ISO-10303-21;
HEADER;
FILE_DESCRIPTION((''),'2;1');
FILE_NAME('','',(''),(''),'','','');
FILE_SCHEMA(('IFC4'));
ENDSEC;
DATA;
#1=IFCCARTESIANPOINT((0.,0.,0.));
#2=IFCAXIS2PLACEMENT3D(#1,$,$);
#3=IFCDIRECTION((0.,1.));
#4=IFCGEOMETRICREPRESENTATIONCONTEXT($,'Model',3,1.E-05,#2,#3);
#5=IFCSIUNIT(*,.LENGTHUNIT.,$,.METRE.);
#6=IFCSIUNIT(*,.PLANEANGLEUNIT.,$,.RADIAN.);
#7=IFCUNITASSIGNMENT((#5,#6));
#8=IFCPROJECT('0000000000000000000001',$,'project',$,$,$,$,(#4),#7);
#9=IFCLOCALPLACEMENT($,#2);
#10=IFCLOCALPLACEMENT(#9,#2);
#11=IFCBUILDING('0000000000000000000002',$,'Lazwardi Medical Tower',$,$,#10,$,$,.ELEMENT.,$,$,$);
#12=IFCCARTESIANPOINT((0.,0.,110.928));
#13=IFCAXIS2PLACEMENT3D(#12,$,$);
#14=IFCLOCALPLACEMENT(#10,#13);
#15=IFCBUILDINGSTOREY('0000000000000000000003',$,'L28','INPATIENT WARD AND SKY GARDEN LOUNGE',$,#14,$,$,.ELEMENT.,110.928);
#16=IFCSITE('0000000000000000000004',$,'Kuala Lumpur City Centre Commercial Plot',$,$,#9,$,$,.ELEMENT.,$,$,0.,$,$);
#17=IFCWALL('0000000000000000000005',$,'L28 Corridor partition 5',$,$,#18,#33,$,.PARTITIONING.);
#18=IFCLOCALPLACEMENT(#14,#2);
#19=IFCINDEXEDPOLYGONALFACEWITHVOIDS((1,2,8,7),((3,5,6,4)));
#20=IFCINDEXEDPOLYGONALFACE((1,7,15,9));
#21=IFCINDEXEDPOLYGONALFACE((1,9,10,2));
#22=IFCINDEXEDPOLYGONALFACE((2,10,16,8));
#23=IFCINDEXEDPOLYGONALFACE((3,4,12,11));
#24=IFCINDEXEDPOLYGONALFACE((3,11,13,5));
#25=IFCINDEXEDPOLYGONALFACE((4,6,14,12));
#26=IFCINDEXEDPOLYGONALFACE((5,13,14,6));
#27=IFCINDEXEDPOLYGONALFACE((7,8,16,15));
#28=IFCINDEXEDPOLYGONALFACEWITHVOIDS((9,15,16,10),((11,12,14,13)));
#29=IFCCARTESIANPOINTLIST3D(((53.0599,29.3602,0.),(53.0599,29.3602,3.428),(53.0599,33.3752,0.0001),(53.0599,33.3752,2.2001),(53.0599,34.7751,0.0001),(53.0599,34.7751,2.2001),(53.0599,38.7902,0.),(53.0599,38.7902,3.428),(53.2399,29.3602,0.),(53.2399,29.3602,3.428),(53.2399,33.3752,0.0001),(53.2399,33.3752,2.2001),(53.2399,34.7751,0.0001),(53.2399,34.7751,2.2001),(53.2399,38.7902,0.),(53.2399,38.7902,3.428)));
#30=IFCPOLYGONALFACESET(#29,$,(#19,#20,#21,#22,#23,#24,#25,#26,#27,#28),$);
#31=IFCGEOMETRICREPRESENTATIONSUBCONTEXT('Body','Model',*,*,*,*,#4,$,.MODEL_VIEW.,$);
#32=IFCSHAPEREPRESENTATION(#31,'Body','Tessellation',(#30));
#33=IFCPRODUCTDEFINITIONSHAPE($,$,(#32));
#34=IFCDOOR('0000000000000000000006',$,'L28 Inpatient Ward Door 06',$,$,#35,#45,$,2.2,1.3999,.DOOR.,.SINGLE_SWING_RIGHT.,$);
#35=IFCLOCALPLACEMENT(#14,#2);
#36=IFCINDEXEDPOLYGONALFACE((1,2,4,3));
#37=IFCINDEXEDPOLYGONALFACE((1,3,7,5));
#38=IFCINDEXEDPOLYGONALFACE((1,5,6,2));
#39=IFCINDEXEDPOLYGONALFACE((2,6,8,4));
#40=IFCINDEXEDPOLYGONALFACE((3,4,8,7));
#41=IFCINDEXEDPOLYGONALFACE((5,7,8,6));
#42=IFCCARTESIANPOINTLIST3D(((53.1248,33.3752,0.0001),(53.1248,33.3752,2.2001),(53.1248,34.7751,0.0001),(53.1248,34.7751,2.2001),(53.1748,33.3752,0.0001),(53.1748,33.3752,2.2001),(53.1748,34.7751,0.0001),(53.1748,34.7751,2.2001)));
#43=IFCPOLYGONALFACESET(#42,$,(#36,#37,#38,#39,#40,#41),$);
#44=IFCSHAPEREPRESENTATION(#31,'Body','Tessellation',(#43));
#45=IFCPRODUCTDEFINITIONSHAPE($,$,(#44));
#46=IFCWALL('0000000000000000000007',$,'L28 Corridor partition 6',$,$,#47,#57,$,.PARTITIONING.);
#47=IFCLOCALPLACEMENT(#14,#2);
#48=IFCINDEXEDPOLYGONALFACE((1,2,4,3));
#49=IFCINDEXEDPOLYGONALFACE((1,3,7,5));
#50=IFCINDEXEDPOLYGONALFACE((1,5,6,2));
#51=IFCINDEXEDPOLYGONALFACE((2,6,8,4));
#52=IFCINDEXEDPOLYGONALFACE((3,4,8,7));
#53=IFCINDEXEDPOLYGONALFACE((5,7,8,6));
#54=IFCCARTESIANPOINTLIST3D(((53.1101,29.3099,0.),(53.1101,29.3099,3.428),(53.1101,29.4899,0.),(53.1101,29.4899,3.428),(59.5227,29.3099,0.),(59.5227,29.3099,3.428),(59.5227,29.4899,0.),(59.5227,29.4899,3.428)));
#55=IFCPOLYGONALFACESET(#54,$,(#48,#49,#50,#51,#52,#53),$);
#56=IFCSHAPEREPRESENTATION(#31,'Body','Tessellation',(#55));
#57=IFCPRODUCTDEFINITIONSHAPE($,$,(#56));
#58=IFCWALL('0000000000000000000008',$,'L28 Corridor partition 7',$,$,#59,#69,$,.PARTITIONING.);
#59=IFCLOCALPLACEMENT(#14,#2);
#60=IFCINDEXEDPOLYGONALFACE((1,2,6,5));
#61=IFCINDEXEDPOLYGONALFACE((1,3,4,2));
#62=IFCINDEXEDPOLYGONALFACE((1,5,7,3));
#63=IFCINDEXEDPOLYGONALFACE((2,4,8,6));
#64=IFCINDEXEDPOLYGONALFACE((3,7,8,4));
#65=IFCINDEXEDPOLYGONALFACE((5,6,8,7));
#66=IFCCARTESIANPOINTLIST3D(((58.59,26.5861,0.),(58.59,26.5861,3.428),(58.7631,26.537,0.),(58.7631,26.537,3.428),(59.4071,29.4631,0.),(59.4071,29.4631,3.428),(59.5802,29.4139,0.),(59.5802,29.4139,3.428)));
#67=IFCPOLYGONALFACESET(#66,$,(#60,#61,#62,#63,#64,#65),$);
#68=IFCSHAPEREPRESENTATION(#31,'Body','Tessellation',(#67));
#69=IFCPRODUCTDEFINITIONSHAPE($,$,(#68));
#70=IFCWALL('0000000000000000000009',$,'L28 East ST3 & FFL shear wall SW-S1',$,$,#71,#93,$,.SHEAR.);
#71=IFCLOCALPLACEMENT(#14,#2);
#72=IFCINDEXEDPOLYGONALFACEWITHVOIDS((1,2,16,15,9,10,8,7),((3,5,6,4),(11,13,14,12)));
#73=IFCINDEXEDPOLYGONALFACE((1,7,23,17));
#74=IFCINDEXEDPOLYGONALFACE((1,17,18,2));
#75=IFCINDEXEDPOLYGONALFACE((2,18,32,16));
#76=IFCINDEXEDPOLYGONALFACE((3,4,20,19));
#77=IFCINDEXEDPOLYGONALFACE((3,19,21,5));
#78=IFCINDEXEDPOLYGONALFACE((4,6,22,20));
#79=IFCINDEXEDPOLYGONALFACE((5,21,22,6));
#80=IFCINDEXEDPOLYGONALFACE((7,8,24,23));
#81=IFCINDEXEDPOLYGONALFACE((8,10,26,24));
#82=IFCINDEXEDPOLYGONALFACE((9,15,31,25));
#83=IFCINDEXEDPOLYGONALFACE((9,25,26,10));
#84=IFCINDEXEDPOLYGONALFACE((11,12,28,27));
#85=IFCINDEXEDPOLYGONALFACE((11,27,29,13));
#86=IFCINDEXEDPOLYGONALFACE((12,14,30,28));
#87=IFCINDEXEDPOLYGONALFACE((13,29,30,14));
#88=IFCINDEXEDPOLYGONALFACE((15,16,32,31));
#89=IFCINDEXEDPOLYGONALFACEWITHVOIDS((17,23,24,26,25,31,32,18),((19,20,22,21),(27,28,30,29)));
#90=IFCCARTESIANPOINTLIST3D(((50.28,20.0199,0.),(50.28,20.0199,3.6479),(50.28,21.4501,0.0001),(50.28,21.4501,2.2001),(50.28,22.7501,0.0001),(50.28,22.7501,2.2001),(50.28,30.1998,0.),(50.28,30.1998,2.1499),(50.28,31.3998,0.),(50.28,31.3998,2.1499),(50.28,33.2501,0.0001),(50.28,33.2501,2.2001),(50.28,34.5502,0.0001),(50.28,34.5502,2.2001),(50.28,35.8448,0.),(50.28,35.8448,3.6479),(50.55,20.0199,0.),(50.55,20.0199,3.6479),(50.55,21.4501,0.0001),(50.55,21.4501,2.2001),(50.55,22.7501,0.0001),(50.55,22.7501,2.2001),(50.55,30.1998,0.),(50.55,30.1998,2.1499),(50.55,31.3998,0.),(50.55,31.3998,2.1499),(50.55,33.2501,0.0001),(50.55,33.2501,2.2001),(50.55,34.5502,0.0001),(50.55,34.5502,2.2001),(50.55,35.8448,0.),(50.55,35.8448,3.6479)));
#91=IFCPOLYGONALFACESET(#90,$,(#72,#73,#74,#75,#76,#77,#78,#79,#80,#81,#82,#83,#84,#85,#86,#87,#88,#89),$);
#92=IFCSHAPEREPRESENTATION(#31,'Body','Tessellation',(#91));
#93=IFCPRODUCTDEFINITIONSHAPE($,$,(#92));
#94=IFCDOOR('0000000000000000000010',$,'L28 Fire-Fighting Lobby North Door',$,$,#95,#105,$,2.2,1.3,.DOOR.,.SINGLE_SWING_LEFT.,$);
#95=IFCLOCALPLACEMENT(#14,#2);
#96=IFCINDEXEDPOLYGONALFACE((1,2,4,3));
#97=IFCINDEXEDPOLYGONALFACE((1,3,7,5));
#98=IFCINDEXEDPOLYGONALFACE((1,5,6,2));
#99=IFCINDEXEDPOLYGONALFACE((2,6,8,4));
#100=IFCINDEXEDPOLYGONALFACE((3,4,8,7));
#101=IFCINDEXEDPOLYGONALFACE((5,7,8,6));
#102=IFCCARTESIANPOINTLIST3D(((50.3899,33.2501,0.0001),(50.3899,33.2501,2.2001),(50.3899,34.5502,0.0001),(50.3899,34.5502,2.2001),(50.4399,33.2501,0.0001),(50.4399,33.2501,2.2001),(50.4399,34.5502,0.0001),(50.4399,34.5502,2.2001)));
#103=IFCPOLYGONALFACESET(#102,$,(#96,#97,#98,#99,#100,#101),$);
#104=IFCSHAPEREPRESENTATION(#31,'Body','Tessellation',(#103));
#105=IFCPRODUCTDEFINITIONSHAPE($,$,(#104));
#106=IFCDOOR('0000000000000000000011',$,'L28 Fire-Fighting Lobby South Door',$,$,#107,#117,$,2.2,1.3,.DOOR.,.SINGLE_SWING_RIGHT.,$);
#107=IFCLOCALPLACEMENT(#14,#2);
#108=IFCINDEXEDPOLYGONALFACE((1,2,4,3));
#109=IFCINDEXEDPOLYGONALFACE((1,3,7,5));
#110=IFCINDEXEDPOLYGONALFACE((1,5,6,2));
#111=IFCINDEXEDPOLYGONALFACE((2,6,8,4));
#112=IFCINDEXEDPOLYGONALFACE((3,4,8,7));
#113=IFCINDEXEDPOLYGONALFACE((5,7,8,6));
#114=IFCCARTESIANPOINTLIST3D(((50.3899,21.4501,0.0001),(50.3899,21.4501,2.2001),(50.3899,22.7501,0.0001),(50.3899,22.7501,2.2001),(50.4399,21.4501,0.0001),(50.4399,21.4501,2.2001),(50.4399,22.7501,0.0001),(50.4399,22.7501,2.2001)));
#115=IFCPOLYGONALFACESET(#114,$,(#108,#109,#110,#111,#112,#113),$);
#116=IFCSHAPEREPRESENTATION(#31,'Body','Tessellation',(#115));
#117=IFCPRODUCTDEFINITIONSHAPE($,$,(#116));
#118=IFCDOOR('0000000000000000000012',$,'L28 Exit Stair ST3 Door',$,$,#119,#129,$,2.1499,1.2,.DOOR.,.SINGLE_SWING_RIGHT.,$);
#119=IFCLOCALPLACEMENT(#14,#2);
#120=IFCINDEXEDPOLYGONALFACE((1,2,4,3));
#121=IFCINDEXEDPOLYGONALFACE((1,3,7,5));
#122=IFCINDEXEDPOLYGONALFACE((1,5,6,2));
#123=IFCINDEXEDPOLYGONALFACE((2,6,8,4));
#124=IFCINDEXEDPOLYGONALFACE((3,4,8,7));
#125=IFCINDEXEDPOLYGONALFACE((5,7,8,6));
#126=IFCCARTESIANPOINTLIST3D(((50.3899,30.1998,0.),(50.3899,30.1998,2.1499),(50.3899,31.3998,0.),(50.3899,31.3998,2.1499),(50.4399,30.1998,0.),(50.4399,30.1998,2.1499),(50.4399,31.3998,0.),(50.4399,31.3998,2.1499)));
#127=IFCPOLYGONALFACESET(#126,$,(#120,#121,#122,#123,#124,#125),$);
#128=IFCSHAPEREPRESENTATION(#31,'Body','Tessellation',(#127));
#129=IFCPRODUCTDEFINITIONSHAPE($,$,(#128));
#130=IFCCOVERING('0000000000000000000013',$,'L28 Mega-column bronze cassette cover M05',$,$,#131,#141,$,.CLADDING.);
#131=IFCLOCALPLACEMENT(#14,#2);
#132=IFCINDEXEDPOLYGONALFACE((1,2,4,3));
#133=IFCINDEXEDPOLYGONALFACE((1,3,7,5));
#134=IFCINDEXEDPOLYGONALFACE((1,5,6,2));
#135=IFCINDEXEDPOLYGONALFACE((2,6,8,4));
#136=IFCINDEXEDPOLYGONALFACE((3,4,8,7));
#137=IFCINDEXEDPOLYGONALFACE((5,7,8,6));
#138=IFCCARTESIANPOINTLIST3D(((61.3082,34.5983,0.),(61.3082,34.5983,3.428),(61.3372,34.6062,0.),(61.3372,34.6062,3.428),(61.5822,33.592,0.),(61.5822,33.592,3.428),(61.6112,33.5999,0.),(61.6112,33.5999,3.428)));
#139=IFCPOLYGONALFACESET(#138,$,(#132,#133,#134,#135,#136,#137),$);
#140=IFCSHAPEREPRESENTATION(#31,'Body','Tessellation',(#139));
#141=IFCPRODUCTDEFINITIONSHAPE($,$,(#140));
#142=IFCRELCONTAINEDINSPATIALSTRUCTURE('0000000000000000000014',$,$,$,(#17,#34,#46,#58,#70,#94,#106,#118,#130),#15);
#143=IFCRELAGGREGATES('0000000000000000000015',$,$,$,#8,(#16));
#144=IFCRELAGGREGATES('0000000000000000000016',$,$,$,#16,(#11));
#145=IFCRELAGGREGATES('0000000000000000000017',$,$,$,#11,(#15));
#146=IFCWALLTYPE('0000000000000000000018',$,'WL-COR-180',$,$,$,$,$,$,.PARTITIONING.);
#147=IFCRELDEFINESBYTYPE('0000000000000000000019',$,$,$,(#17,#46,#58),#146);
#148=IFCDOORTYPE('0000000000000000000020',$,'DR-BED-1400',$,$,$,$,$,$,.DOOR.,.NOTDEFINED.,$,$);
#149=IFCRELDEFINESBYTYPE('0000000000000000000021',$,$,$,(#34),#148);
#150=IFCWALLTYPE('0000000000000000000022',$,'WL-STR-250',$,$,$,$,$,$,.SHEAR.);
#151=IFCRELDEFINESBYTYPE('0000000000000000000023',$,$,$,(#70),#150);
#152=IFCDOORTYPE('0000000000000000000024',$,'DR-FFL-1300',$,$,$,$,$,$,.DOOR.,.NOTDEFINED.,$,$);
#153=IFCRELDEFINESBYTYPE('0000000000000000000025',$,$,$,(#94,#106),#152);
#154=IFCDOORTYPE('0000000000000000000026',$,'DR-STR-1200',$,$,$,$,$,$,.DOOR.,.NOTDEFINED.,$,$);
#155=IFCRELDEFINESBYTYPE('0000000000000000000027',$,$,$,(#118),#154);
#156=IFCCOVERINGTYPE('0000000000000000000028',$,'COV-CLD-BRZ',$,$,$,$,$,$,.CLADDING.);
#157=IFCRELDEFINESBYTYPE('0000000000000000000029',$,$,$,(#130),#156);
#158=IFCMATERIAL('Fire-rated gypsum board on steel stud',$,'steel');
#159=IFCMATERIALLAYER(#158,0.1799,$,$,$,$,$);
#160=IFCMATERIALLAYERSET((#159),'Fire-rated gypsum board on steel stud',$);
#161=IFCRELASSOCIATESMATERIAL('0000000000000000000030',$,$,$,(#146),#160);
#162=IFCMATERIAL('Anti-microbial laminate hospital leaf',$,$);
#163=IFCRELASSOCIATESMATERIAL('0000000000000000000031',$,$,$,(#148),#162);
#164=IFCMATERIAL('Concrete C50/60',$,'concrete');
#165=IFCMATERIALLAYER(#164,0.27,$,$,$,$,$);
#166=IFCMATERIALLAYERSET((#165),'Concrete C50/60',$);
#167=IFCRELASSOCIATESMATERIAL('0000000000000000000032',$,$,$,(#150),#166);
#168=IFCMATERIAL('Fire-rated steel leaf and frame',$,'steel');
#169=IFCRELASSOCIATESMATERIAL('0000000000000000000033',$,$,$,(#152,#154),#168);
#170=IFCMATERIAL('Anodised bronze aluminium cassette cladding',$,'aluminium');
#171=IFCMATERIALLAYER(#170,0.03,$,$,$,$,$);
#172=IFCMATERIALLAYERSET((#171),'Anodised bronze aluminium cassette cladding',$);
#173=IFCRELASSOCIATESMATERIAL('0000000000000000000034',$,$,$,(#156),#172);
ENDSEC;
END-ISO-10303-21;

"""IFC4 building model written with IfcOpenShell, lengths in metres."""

from ifc_helpers import new_model, si_unit, direction, frame, frame_2d, origin, origin_2d, place, context, subcontext, project, spatial, rectangle, extrude, material, layer, layer_set, type_object, element, fill, save


model = new_model("IFC4")

# Units and contexts
model_context = context("Model", 3, precision=1e-05, world=origin(), true_north=direction((0.0, 1.0)))
body_context = subcontext(model_context, "Body", "Model", "MODEL_VIEW")
ifc_project = project(units=[si_unit("LENGTHUNIT", "METRE"), si_unit("PLANEANGLEUNIT", "RADIAN")], contexts=[model_context])

# Site, building, storey
site_placement = place(None, origin())
site = spatial("IfcSite", under=ifc_project, at=site_placement, Name="Kuala Lumpur City Centre Commercial Plot", CompositionType="ELEMENT", RefElevation=0.0)
building_placement = place(site_placement, origin())
building = spatial("IfcBuilding", under=site, at=building_placement, Name="Lazwardi Medical Tower", CompositionType="ELEMENT")
storey_placement = place(building_placement, frame((0.0, 0.0, 110.928)))
storey = spatial("IfcBuildingStorey", under=building, at=storey_placement, Name="L28", Description="INPATIENT WARD AND SKY GARDEN LOUNGE", CompositionType="ELEMENT", Elevation=110.928)

# Wall, opening, door
ifc_material_1 = material(Name="Fire-rated gypsum board on steel stud", Category="steel")
ifc_layer_1 = layer(ifc_material_1, 0.1799)
ifc_layer_set_1 = layer_set([ifc_layer_1], Name="Fire-rated gypsum board on steel stud")
wall_type_1 = type_object("IfcWallType", Name="WL-COR-180", PredefinedType="PARTITIONING", material=ifc_layer_set_1)
wall_1_placement = place(storey_placement, frame((53.1499, 38.79, 0.0), z_axis=(0.0, 0.0, 1.0), x_axis=(0.0, -1.0, 0.0)))
wall_1 = element("IfcWall", 1, at=wall_1_placement, inside=storey, type_object=wall_type_1, Name="L28 Corridor partition 5", PredefinedType="PARTITIONING", context=body_context, shape_type="SweptSolid", body=[
    extrude(rectangle(XDim=9.4299, YDim=0.1799, at=frame_2d((4.7148, 0.0))), origin(), (0.0, 0.0, 1.0), 3.428),
])
opening_1_placement = place(wall_1_placement, frame((4.0149, 0.0, 0.0)))
opening_1 = element("IfcOpeningElement", 2, at=opening_1_placement, cuts=wall_1, PredefinedType="OPENING", context=body_context, shape_type="SweptSolid", body=[
    extrude(rectangle(XDim=1.3999, YDim=2.2, at=frame_2d((0.7, 1.1001))), frame((0.0, 0.0999, 0.0), z_axis=(0.0, -1.0, 0.0), x_axis=(1.0, 0.0, 0.0)), (0.0, 0.0, 1.0), 0.2),
])
ifc_material_2 = material(Name="Anti-microbial laminate hospital leaf")
door_type_1 = type_object("IfcDoorType", Name="DR-BED-1400", OperationType="NOTDEFINED", PredefinedType="DOOR", material=ifc_material_2)
door_1_placement = place(opening_1_placement, origin())
door_1 = element("IfcDoor", 3, at=door_1_placement, inside=storey, type_object=door_type_1, Name="L28 Inpatient Ward Door 06", OperationType="SINGLE_SWING_RIGHT", OverallHeight=2.2, OverallWidth=1.3999, PredefinedType="DOOR", context=body_context, shape_type="SweptSolid", body=[
    extrude(rectangle(XDim=1.3999, YDim=2.2, at=frame_2d((0.7, 1.1001))), frame((0.0, 0.0249, 0.0), z_axis=(0.0, -1.0, 0.0), x_axis=(1.0, 0.0, 0.0)), (0.0, 0.0, 1.0), 0.05),
])
fill(opening_1, door_1)

# Walls
wall_2_placement = place(storey_placement, frame((53.1101, 29.3999, 0.0), z_axis=(0.0, 0.0, 1.0), x_axis=(1.0, 0.0, 0.0)))
element("IfcWall", 4, at=wall_2_placement, inside=storey, type_object=wall_type_1, Name="L28 Corridor partition 6", PredefinedType="PARTITIONING", context=body_context, shape_type="SweptSolid", body=[
    extrude(rectangle(XDim=6.4126, YDim=0.1799, at=frame_2d((3.2063, 0.0))), origin(), (0.0, 0.0, 1.0), 3.428),
])
wall_3_placement = place(storey_placement, frame((59.4937, 29.4385, 0.0), z_axis=(0.0, 0.0, 1.0), x_axis=(-0.273222, -0.961951, 0.0)))
element("IfcWall", 5, at=wall_3_placement, inside=storey, type_object=wall_type_1, Name="L28 Corridor partition 7", PredefinedType="PARTITIONING", context=body_context, shape_type="SweptSolid", body=[
    extrude(rectangle(XDim=2.9907, YDim=0.1799, at=frame_2d((1.4954, 0.0))), origin(), (0.0, 0.0, 1.0), 3.428),
])

# Wall, openings, doors
ifc_material_3 = material(Name="Concrete C50/60", Category="concrete")
ifc_layer_2 = layer(ifc_material_3, 0.27)
ifc_layer_set_2 = layer_set([ifc_layer_2], Name="Concrete C50/60")
wall_type_2 = type_object("IfcWallType", Name="WL-STR-250", PredefinedType="SHEAR", material=ifc_layer_set_2)
wall_4_placement = place(storey_placement, frame((50.415, 35.845, 0.0), z_axis=(0.0, 0.0, 1.0), x_axis=(0.0, -1.0, 0.0)))
wall_4 = element("IfcWall", 6, at=wall_4_placement, inside=storey, type_object=wall_type_2, Name="L28 East ST3 & FFL shear wall SW-S1", PredefinedType="SHEAR", context=body_context, shape_type="SweptSolid", body=[
    extrude(rectangle(XDim=15.825, YDim=0.27, at=frame_2d((7.9126, 0.0))), origin(), (0.0, 0.0, 1.0), 3.6479),
])
opening_2_placement = place(wall_4_placement, frame((4.4451, 0.0, 0.0)))
opening_2 = element("IfcOpeningElement", 7, at=opening_2_placement, cuts=wall_4, PredefinedType="OPENING", context=body_context, shape_type="SweptSolid", body=[
    extrude(rectangle(XDim=1.2, YDim=2.1499, at=frame_2d((0.6001, 1.075))), frame((0.0, 0.145, 0.0), z_axis=(0.0, -1.0, 0.0), x_axis=(1.0, 0.0, 0.0)), (0.0, 0.0, 1.0), 0.29),
])
opening_3_placement = place(wall_4_placement, frame((1.2949, 0.0, 0.0)))
opening_3 = element("IfcOpeningElement", 8, at=opening_3_placement, cuts=wall_4, PredefinedType="OPENING", context=body_context, shape_type="SweptSolid", body=[
    extrude(rectangle(XDim=1.3, YDim=2.2, at=frame_2d((0.6499, 1.1001))), frame((0.0, 0.145, 0.0), z_axis=(0.0, -1.0, 0.0), x_axis=(1.0, 0.0, 0.0)), (0.0, 0.0, 1.0), 0.29),
])
opening_4_placement = place(wall_4_placement, frame((13.095, 0.0, 0.0)))
opening_4 = element("IfcOpeningElement", 9, at=opening_4_placement, cuts=wall_4, PredefinedType="OPENING", context=body_context, shape_type="SweptSolid", body=[
    extrude(rectangle(XDim=1.3, YDim=2.2, at=frame_2d((0.6499, 1.1001))), frame((0.0, 0.145, 0.0), z_axis=(0.0, -1.0, 0.0), x_axis=(1.0, 0.0, 0.0)), (0.0, 0.0, 1.0), 0.29),
])
ifc_material_4 = material(Name="Fire-rated steel leaf and frame", Category="steel")
door_type_2 = type_object("IfcDoorType", Name="DR-FFL-1300", OperationType="NOTDEFINED", PredefinedType="DOOR", material=ifc_material_4)
door_2_placement = place(opening_3_placement, origin())
door_2 = element("IfcDoor", 10, at=door_2_placement, inside=storey, type_object=door_type_2, Name="L28 Fire-Fighting Lobby North Door", OperationType="SINGLE_SWING_LEFT", OverallHeight=2.2, OverallWidth=1.3, PredefinedType="DOOR", context=body_context, shape_type="SweptSolid", body=[
    extrude(rectangle(XDim=1.3, YDim=2.2, at=frame_2d((0.6499, 1.1001))), frame((0.0, 0.0249, 0.0), z_axis=(0.0, -1.0, 0.0), x_axis=(1.0, 0.0, 0.0)), (0.0, 0.0, 1.0), 0.05),
])
fill(opening_3, door_2)
door_3_placement = place(opening_4_placement, origin())
door_3 = element("IfcDoor", 11, at=door_3_placement, inside=storey, type_object=door_type_2, Name="L28 Fire-Fighting Lobby South Door", OperationType="SINGLE_SWING_RIGHT", OverallHeight=2.2, OverallWidth=1.3, PredefinedType="DOOR", context=body_context, shape_type="SweptSolid", body=[
    extrude(rectangle(XDim=1.3, YDim=2.2, at=frame_2d((0.6499, 1.1001))), frame((0.0, 0.0249, 0.0), z_axis=(0.0, -1.0, 0.0), x_axis=(1.0, 0.0, 0.0)), (0.0, 0.0, 1.0), 0.05),
])
fill(opening_4, door_3)
door_type_3 = type_object("IfcDoorType", Name="DR-STR-1200", OperationType="NOTDEFINED", PredefinedType="DOOR", material=ifc_material_4)
door_4_placement = place(opening_2_placement, origin())
door_4 = element("IfcDoor", 12, at=door_4_placement, inside=storey, type_object=door_type_3, Name="L28 Exit Stair ST3 Door", OperationType="SINGLE_SWING_RIGHT", OverallHeight=2.1499, OverallWidth=1.2, PredefinedType="DOOR", context=body_context, shape_type="SweptSolid", body=[
    extrude(rectangle(XDim=1.2, YDim=2.1499, at=frame_2d((0.6001, 1.075))), frame((0.0, 0.0249, 0.0), z_axis=(0.0, -1.0, 0.0), x_axis=(1.0, 0.0, 0.0)), (0.0, 0.0, 1.0), 0.05),
])
fill(opening_2, door_4)

# Covering
ifc_material_5 = material(Name="Anodised bronze aluminium cassette cladding", Category="aluminium")
ifc_layer_3 = layer(ifc_material_5, 0.03)
ifc_layer_set_3 = layer_set([ifc_layer_3], Name="Anodised bronze aluminium cassette cladding")
covering_type = type_object("IfcCoveringType", Name="COV-CLD-BRZ", PredefinedType="CLADDING", material=ifc_layer_set_3)
covering_placement = place(storey_placement, frame((61.4597, 34.0991, 0.0), z_axis=(0.0, 0.0, 1.0), x_axis=(-0.262696, 0.964879, 0.0)))
element("IfcCovering", 13, at=covering_placement, inside=storey, type_object=covering_type, Name="L28 Mega-column bronze cassette cover M05", PredefinedType="CLADDING", context=body_context, shape_type="SweptSolid", body=[
    extrude(rectangle(XDim=1.043, YDim=0.03, at=origin_2d()), origin(), (0.0, 0.0, 1.0), 3.428),
])

save(model, "model.ifc")
